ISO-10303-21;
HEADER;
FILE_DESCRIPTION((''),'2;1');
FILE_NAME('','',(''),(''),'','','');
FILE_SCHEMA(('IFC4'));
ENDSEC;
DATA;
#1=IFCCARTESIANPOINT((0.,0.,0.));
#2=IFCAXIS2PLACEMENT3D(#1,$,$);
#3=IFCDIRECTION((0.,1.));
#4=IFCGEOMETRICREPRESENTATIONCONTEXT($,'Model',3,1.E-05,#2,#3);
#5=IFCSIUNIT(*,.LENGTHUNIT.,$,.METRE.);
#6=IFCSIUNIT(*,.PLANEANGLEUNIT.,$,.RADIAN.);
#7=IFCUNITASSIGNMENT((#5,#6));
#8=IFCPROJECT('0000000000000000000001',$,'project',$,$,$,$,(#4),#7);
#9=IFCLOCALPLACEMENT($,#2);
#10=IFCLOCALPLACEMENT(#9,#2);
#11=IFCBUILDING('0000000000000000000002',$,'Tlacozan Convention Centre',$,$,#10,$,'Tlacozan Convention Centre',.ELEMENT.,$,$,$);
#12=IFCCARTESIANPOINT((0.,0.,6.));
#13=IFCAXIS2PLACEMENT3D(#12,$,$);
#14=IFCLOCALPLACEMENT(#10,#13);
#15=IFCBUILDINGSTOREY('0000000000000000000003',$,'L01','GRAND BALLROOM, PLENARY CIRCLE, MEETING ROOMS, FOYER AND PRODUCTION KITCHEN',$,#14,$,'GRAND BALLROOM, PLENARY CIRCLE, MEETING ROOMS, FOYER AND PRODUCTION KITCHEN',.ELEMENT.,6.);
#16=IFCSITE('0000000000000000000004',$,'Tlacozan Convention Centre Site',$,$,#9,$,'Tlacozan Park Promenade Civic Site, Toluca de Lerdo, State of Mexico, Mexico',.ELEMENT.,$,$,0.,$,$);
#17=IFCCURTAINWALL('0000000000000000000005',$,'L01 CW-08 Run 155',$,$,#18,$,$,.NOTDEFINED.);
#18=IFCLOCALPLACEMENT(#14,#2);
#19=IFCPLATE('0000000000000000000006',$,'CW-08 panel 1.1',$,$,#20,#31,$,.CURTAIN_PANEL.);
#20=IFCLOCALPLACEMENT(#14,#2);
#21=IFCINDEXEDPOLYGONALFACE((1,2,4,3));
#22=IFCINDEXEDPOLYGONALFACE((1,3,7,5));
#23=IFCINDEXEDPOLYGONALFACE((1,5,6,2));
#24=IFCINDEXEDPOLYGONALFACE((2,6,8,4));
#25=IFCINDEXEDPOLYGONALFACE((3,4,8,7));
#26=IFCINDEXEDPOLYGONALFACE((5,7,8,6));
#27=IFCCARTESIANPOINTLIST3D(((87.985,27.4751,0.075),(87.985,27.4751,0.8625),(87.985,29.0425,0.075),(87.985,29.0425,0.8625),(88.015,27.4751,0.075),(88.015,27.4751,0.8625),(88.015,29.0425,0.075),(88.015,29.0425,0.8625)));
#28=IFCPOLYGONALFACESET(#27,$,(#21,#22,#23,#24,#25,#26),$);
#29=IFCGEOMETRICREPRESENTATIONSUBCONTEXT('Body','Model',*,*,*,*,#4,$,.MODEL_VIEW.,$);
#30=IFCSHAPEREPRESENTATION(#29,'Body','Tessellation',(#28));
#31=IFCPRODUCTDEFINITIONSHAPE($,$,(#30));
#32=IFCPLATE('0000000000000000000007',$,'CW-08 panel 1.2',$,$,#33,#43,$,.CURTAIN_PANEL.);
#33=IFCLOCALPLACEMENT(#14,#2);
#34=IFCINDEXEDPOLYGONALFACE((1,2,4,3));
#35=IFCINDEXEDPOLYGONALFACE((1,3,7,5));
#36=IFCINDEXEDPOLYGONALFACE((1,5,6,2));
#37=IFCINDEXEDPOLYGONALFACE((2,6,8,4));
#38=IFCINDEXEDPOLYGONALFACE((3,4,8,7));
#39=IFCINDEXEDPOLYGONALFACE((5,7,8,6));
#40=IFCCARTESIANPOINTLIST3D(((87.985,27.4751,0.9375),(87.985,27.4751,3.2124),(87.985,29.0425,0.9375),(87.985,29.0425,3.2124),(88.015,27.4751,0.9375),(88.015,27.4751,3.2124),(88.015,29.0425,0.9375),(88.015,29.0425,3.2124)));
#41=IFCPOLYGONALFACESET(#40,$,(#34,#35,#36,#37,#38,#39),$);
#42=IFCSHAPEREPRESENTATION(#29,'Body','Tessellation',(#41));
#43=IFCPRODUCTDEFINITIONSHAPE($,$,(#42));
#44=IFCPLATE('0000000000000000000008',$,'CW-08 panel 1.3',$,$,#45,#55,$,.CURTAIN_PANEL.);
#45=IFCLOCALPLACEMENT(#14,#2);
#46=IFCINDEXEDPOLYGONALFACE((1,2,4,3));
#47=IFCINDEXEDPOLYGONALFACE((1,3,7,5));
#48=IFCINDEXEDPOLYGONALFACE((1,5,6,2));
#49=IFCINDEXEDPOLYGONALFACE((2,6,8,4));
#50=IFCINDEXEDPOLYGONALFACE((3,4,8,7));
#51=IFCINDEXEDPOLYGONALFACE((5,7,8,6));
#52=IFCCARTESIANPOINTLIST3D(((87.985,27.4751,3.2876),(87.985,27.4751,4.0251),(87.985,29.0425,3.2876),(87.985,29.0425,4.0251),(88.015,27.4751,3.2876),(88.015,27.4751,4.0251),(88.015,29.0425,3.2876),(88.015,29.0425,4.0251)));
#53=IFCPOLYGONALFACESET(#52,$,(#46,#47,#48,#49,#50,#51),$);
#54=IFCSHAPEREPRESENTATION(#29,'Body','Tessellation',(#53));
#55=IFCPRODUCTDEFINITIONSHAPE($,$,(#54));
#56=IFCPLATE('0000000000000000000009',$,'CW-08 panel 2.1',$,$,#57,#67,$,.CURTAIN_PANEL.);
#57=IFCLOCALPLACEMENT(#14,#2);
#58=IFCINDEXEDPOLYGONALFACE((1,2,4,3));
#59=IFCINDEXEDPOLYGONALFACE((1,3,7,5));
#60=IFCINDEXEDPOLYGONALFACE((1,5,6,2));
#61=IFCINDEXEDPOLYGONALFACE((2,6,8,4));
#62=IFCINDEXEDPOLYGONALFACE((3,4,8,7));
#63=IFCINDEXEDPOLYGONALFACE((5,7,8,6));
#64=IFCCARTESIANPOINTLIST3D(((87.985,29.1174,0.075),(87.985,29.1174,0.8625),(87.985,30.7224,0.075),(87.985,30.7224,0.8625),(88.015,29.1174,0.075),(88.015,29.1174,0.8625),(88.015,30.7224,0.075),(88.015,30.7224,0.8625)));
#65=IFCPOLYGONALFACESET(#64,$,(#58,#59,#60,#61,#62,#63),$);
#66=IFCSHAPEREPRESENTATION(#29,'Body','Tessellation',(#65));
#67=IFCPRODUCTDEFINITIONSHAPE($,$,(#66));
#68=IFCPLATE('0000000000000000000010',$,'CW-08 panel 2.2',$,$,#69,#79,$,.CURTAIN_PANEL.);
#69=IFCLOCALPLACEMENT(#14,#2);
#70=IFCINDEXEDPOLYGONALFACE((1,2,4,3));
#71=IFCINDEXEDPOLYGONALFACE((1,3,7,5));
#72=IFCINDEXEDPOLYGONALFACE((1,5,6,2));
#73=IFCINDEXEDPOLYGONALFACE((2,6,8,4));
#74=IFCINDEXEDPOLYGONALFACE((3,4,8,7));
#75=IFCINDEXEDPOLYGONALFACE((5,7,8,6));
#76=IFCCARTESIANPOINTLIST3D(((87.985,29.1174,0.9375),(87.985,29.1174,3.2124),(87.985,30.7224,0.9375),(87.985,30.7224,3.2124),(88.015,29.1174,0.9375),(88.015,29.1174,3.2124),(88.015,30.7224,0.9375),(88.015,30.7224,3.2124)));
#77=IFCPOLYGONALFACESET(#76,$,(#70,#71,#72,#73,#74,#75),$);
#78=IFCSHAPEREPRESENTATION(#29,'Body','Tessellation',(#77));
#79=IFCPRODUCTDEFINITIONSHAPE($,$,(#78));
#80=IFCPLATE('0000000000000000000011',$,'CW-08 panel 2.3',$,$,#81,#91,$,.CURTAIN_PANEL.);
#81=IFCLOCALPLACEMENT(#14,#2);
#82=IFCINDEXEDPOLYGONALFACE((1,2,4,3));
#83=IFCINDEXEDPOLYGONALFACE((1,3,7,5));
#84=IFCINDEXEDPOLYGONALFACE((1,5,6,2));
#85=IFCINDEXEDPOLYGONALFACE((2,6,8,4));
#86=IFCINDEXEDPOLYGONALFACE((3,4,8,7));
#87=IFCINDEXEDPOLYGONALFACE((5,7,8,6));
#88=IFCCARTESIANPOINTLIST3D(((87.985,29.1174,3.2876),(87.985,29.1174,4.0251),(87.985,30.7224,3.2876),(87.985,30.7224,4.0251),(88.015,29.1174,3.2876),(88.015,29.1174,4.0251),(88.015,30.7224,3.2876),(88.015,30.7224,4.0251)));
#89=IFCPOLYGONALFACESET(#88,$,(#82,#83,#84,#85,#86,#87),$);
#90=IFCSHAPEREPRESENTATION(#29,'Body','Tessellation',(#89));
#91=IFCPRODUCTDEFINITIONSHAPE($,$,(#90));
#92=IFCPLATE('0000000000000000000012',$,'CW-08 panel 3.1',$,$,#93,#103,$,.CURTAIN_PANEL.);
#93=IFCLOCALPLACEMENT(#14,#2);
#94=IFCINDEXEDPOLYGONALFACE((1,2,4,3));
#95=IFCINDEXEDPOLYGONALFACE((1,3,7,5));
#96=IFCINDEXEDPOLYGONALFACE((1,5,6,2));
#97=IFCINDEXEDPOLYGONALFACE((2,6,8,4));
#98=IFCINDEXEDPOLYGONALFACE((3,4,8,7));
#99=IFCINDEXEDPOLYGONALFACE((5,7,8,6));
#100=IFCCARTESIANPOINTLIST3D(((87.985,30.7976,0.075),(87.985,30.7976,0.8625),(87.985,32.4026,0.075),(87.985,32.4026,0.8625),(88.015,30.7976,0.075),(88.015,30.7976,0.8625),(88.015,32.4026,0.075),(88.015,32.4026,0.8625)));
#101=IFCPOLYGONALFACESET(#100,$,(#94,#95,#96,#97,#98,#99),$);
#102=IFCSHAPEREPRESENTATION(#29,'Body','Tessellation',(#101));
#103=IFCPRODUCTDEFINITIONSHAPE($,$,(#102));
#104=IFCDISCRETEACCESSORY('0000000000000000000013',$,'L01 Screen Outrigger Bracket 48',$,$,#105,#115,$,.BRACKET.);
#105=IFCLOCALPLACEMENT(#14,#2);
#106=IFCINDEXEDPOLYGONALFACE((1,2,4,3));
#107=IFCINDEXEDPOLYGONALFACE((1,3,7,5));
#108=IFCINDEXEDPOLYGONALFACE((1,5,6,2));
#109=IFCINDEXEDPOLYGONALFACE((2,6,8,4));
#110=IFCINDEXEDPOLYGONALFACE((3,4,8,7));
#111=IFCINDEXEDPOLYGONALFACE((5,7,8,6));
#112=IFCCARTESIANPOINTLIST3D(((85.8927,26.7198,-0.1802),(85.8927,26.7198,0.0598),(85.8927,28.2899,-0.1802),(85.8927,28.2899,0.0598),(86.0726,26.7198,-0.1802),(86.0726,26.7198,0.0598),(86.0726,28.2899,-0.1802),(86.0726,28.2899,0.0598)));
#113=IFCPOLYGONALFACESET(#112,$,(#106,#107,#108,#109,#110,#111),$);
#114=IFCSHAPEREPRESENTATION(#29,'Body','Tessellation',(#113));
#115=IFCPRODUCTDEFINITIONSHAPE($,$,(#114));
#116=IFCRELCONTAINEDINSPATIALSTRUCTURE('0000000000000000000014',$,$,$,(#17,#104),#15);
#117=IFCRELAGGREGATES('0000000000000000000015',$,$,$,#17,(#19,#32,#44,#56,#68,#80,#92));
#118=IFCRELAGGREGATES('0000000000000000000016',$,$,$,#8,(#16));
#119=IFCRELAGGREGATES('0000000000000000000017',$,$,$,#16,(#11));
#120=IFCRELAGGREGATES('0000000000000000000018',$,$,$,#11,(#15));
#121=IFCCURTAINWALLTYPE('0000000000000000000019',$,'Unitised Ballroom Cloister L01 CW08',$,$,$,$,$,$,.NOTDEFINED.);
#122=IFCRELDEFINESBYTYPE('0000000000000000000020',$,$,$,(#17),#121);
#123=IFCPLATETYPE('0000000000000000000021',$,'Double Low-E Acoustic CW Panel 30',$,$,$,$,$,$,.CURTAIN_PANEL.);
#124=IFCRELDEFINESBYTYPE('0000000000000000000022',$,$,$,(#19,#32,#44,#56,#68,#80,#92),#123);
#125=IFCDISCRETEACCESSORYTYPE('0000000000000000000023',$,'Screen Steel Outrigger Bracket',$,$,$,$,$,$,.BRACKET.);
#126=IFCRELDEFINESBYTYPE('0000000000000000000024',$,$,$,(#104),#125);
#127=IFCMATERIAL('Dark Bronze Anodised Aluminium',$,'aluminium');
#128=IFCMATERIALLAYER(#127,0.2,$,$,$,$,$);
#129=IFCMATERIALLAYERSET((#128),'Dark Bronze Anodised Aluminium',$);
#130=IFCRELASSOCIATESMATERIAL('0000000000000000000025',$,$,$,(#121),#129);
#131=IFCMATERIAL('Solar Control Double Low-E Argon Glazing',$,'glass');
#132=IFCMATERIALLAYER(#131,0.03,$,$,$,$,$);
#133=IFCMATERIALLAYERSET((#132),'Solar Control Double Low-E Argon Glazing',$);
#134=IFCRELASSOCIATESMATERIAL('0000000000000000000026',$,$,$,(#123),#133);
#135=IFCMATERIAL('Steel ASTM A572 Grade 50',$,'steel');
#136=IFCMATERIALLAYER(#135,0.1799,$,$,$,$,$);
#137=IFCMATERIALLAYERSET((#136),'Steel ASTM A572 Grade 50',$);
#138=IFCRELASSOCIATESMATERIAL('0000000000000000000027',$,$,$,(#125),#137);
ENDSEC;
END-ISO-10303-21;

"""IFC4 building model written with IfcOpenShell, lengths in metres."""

from ifc_helpers import new_model, si_unit, direction, frame, origin, origin_2d, place, context, subcontext, project, spatial, rectangle, extrude, material, layer, layer_set, type_object, element, aggregate, save


model = new_model("IFC4")

# Units and contexts
model_context = context("Model", 3, precision=1e-05, world=origin(), true_north=direction((0.0, 1.0)))
body_context = subcontext(model_context, "Body", "Model", "MODEL_VIEW")
ifc_project = project(units=[si_unit("LENGTHUNIT", "METRE"), si_unit("PLANEANGLEUNIT", "RADIAN")], contexts=[model_context])

# Site, building, storey
site_placement = place(None, origin())
site = spatial("IfcSite", under=ifc_project, at=site_placement, Name="Tlacozan Convention Centre Site", LongName="Tlacozan Park Promenade Civic Site, Toluca de Lerdo, State of Mexico, Mexico", CompositionType="ELEMENT", RefElevation=0.0)
building_placement = place(site_placement, origin())
building = spatial("IfcBuilding", under=site, at=building_placement, Name="Tlacozan Convention Centre", LongName="Tlacozan Convention Centre", CompositionType="ELEMENT")
storey_placement = place(building_placement, frame((0.0, 0.0, 6.0)))
storey = spatial("IfcBuildingStorey", under=building, at=storey_placement, Name="L01", Description="GRAND BALLROOM, PLENARY CIRCLE, MEETING ROOMS, FOYER AND PRODUCTION KITCHEN", LongName="GRAND BALLROOM, PLENARY CIRCLE, MEETING ROOMS, FOYER AND PRODUCTION KITCHEN", CompositionType="ELEMENT", Elevation=6.0)

# Curtain wall, plates
ifc_material_1 = material(Name="Dark Bronze Anodised Aluminium", Category="aluminium")
ifc_layer_1 = layer(ifc_material_1, 0.2)
ifc_layer_set_1 = layer_set([ifc_layer_1], Name="Dark Bronze Anodised Aluminium")
curtain_wall_type = type_object("IfcCurtainWallType", Name="Unitised Ballroom Cloister L01 CW08", PredefinedType="NOTDEFINED", material=ifc_layer_set_1)
curtain_wall_placement = place(storey_placement, origin())
curtain_wall = element("IfcCurtainWall", 1, at=curtain_wall_placement, inside=storey, type_object=curtain_wall_type, Name="L01 CW-08 Run 155", PredefinedType="NOTDEFINED")
ifc_material_2 = material(Name="Solar Control Double Low-E Argon Glazing", Category="glass")
ifc_layer_2 = layer(ifc_material_2, 0.03)
ifc_layer_set_2 = layer_set([ifc_layer_2], Name="Solar Control Double Low-E Argon Glazing")
plate_type = type_object("IfcPlateType", Name="Double Low-E Acoustic CW Panel 30", PredefinedType="CURTAIN_PANEL", material=ifc_layer_set_2)
plate_1_placement = place(storey_placement, frame((88.0, 28.2588, 0.075), z_axis=(0.0, 0.0, 1.0), x_axis=(0.0, 1.0, 0.0)))
plate_1 = element("IfcPlate", 2, at=plate_1_placement, type_object=plate_type, Name="CW-08 panel 1.1", PredefinedType="CURTAIN_PANEL", context=body_context, shape_type="SweptSolid", body=[
    extrude(rectangle(XDim=1.5674, YDim=0.03, at=origin_2d()), origin(), (0.0, 0.0, 1.0), 0.7876),
])
plate_2_placement = place(storey_placement, frame((88.0, 28.2588, 0.9375), z_axis=(0.0, 0.0, 1.0), x_axis=(0.0, 1.0, 0.0)))
plate_2 = element("IfcPlate", 3, at=plate_2_placement, type_object=plate_type, Name="CW-08 panel 1.2", PredefinedType="CURTAIN_PANEL", context=body_context, shape_type="SweptSolid", body=[
    extrude(rectangle(XDim=1.5674, YDim=0.03, at=origin_2d()), origin(), (0.0, 0.0, 1.0), 2.2749),
])
plate_3_placement = place(storey_placement, frame((88.0, 28.2588, 3.2876), z_axis=(0.0, 0.0, 1.0), x_axis=(0.0, 1.0, 0.0)))
plate_3 = element("IfcPlate", 4, at=plate_3_placement, type_object=plate_type, Name="CW-08 panel 1.3", PredefinedType="CURTAIN_PANEL", context=body_context, shape_type="SweptSolid", body=[
    extrude(rectangle(XDim=1.5674, YDim=0.03, at=origin_2d()), origin(), (0.0, 0.0, 1.0), 0.7375),
])
plate_4_placement = place(storey_placement, frame((88.0, 29.9199, 0.075), z_axis=(0.0, 0.0, 1.0), x_axis=(0.0, 1.0, 0.0)))
plate_4 = element("IfcPlate", 5, at=plate_4_placement, type_object=plate_type, Name="CW-08 panel 2.1", PredefinedType="CURTAIN_PANEL", context=body_context, shape_type="SweptSolid", body=[
    extrude(rectangle(XDim=1.605, YDim=0.03, at=origin_2d()), origin(), (0.0, 0.0, 1.0), 0.7876),
])
plate_5_placement = place(storey_placement, frame((88.0, 29.9199, 0.9375), z_axis=(0.0, 0.0, 1.0), x_axis=(0.0, 1.0, 0.0)))
plate_5 = element("IfcPlate", 6, at=plate_5_placement, type_object=plate_type, Name="CW-08 panel 2.2", PredefinedType="CURTAIN_PANEL", context=body_context, shape_type="SweptSolid", body=[
    extrude(rectangle(XDim=1.605, YDim=0.03, at=origin_2d()), origin(), (0.0, 0.0, 1.0), 2.2749),
])
plate_6_placement = place(storey_placement, frame((88.0, 29.9199, 3.2876), z_axis=(0.0, 0.0, 1.0), x_axis=(0.0, 1.0, 0.0)))
plate_6 = element("IfcPlate", 7, at=plate_6_placement, type_object=plate_type, Name="CW-08 panel 2.3", PredefinedType="CURTAIN_PANEL", context=body_context, shape_type="SweptSolid", body=[
    extrude(rectangle(XDim=1.605, YDim=0.03, at=origin_2d()), origin(), (0.0, 0.0, 1.0), 0.7375),
])
plate_7_placement = place(storey_placement, frame((88.0, 31.6001, 0.075), z_axis=(0.0, 0.0, 1.0), x_axis=(0.0, 1.0, 0.0)))
plate_7 = element("IfcPlate", 8, at=plate_7_placement, type_object=plate_type, Name="CW-08 panel 3.1", PredefinedType="CURTAIN_PANEL", context=body_context, shape_type="SweptSolid", body=[
    extrude(rectangle(XDim=1.605, YDim=0.03, at=origin_2d()), origin(), (0.0, 0.0, 1.0), 0.7876),
])
aggregate(curtain_wall, [plate_1, plate_2, plate_3, plate_4, plate_5, plate_6, plate_7])

# Discrete accessory
ifc_material_3 = material(Name="Steel ASTM A572 Grade 50", Category="steel")
ifc_layer_3 = layer(ifc_material_3, 0.1799)
ifc_layer_set_3 = layer_set([ifc_layer_3], Name="Steel ASTM A572 Grade 50")
discrete_accessory_type = type_object("IfcDiscreteAccessoryType", Name="Screen Steel Outrigger Bracket", PredefinedType="BRACKET", material=ifc_layer_set_3)
discrete_accessory_placement = place(storey_placement, frame((85.9827, 27.5049, -0.1802), z_axis=(0.0, 0.0, 1.0), x_axis=(0.0, -1.0, 0.0)))
element("IfcDiscreteAccessory", 9, at=discrete_accessory_placement, inside=storey, type_object=discrete_accessory_type, Name="L01 Screen Outrigger Bracket 48", PredefinedType="BRACKET", context=body_context, shape_type="SweptSolid", body=[
    extrude(rectangle(XDim=1.5701, YDim=0.1799, at=origin_2d()), origin(), (0.0, 0.0, 1.0), 0.24),
])

save(model, "model.ifc")
